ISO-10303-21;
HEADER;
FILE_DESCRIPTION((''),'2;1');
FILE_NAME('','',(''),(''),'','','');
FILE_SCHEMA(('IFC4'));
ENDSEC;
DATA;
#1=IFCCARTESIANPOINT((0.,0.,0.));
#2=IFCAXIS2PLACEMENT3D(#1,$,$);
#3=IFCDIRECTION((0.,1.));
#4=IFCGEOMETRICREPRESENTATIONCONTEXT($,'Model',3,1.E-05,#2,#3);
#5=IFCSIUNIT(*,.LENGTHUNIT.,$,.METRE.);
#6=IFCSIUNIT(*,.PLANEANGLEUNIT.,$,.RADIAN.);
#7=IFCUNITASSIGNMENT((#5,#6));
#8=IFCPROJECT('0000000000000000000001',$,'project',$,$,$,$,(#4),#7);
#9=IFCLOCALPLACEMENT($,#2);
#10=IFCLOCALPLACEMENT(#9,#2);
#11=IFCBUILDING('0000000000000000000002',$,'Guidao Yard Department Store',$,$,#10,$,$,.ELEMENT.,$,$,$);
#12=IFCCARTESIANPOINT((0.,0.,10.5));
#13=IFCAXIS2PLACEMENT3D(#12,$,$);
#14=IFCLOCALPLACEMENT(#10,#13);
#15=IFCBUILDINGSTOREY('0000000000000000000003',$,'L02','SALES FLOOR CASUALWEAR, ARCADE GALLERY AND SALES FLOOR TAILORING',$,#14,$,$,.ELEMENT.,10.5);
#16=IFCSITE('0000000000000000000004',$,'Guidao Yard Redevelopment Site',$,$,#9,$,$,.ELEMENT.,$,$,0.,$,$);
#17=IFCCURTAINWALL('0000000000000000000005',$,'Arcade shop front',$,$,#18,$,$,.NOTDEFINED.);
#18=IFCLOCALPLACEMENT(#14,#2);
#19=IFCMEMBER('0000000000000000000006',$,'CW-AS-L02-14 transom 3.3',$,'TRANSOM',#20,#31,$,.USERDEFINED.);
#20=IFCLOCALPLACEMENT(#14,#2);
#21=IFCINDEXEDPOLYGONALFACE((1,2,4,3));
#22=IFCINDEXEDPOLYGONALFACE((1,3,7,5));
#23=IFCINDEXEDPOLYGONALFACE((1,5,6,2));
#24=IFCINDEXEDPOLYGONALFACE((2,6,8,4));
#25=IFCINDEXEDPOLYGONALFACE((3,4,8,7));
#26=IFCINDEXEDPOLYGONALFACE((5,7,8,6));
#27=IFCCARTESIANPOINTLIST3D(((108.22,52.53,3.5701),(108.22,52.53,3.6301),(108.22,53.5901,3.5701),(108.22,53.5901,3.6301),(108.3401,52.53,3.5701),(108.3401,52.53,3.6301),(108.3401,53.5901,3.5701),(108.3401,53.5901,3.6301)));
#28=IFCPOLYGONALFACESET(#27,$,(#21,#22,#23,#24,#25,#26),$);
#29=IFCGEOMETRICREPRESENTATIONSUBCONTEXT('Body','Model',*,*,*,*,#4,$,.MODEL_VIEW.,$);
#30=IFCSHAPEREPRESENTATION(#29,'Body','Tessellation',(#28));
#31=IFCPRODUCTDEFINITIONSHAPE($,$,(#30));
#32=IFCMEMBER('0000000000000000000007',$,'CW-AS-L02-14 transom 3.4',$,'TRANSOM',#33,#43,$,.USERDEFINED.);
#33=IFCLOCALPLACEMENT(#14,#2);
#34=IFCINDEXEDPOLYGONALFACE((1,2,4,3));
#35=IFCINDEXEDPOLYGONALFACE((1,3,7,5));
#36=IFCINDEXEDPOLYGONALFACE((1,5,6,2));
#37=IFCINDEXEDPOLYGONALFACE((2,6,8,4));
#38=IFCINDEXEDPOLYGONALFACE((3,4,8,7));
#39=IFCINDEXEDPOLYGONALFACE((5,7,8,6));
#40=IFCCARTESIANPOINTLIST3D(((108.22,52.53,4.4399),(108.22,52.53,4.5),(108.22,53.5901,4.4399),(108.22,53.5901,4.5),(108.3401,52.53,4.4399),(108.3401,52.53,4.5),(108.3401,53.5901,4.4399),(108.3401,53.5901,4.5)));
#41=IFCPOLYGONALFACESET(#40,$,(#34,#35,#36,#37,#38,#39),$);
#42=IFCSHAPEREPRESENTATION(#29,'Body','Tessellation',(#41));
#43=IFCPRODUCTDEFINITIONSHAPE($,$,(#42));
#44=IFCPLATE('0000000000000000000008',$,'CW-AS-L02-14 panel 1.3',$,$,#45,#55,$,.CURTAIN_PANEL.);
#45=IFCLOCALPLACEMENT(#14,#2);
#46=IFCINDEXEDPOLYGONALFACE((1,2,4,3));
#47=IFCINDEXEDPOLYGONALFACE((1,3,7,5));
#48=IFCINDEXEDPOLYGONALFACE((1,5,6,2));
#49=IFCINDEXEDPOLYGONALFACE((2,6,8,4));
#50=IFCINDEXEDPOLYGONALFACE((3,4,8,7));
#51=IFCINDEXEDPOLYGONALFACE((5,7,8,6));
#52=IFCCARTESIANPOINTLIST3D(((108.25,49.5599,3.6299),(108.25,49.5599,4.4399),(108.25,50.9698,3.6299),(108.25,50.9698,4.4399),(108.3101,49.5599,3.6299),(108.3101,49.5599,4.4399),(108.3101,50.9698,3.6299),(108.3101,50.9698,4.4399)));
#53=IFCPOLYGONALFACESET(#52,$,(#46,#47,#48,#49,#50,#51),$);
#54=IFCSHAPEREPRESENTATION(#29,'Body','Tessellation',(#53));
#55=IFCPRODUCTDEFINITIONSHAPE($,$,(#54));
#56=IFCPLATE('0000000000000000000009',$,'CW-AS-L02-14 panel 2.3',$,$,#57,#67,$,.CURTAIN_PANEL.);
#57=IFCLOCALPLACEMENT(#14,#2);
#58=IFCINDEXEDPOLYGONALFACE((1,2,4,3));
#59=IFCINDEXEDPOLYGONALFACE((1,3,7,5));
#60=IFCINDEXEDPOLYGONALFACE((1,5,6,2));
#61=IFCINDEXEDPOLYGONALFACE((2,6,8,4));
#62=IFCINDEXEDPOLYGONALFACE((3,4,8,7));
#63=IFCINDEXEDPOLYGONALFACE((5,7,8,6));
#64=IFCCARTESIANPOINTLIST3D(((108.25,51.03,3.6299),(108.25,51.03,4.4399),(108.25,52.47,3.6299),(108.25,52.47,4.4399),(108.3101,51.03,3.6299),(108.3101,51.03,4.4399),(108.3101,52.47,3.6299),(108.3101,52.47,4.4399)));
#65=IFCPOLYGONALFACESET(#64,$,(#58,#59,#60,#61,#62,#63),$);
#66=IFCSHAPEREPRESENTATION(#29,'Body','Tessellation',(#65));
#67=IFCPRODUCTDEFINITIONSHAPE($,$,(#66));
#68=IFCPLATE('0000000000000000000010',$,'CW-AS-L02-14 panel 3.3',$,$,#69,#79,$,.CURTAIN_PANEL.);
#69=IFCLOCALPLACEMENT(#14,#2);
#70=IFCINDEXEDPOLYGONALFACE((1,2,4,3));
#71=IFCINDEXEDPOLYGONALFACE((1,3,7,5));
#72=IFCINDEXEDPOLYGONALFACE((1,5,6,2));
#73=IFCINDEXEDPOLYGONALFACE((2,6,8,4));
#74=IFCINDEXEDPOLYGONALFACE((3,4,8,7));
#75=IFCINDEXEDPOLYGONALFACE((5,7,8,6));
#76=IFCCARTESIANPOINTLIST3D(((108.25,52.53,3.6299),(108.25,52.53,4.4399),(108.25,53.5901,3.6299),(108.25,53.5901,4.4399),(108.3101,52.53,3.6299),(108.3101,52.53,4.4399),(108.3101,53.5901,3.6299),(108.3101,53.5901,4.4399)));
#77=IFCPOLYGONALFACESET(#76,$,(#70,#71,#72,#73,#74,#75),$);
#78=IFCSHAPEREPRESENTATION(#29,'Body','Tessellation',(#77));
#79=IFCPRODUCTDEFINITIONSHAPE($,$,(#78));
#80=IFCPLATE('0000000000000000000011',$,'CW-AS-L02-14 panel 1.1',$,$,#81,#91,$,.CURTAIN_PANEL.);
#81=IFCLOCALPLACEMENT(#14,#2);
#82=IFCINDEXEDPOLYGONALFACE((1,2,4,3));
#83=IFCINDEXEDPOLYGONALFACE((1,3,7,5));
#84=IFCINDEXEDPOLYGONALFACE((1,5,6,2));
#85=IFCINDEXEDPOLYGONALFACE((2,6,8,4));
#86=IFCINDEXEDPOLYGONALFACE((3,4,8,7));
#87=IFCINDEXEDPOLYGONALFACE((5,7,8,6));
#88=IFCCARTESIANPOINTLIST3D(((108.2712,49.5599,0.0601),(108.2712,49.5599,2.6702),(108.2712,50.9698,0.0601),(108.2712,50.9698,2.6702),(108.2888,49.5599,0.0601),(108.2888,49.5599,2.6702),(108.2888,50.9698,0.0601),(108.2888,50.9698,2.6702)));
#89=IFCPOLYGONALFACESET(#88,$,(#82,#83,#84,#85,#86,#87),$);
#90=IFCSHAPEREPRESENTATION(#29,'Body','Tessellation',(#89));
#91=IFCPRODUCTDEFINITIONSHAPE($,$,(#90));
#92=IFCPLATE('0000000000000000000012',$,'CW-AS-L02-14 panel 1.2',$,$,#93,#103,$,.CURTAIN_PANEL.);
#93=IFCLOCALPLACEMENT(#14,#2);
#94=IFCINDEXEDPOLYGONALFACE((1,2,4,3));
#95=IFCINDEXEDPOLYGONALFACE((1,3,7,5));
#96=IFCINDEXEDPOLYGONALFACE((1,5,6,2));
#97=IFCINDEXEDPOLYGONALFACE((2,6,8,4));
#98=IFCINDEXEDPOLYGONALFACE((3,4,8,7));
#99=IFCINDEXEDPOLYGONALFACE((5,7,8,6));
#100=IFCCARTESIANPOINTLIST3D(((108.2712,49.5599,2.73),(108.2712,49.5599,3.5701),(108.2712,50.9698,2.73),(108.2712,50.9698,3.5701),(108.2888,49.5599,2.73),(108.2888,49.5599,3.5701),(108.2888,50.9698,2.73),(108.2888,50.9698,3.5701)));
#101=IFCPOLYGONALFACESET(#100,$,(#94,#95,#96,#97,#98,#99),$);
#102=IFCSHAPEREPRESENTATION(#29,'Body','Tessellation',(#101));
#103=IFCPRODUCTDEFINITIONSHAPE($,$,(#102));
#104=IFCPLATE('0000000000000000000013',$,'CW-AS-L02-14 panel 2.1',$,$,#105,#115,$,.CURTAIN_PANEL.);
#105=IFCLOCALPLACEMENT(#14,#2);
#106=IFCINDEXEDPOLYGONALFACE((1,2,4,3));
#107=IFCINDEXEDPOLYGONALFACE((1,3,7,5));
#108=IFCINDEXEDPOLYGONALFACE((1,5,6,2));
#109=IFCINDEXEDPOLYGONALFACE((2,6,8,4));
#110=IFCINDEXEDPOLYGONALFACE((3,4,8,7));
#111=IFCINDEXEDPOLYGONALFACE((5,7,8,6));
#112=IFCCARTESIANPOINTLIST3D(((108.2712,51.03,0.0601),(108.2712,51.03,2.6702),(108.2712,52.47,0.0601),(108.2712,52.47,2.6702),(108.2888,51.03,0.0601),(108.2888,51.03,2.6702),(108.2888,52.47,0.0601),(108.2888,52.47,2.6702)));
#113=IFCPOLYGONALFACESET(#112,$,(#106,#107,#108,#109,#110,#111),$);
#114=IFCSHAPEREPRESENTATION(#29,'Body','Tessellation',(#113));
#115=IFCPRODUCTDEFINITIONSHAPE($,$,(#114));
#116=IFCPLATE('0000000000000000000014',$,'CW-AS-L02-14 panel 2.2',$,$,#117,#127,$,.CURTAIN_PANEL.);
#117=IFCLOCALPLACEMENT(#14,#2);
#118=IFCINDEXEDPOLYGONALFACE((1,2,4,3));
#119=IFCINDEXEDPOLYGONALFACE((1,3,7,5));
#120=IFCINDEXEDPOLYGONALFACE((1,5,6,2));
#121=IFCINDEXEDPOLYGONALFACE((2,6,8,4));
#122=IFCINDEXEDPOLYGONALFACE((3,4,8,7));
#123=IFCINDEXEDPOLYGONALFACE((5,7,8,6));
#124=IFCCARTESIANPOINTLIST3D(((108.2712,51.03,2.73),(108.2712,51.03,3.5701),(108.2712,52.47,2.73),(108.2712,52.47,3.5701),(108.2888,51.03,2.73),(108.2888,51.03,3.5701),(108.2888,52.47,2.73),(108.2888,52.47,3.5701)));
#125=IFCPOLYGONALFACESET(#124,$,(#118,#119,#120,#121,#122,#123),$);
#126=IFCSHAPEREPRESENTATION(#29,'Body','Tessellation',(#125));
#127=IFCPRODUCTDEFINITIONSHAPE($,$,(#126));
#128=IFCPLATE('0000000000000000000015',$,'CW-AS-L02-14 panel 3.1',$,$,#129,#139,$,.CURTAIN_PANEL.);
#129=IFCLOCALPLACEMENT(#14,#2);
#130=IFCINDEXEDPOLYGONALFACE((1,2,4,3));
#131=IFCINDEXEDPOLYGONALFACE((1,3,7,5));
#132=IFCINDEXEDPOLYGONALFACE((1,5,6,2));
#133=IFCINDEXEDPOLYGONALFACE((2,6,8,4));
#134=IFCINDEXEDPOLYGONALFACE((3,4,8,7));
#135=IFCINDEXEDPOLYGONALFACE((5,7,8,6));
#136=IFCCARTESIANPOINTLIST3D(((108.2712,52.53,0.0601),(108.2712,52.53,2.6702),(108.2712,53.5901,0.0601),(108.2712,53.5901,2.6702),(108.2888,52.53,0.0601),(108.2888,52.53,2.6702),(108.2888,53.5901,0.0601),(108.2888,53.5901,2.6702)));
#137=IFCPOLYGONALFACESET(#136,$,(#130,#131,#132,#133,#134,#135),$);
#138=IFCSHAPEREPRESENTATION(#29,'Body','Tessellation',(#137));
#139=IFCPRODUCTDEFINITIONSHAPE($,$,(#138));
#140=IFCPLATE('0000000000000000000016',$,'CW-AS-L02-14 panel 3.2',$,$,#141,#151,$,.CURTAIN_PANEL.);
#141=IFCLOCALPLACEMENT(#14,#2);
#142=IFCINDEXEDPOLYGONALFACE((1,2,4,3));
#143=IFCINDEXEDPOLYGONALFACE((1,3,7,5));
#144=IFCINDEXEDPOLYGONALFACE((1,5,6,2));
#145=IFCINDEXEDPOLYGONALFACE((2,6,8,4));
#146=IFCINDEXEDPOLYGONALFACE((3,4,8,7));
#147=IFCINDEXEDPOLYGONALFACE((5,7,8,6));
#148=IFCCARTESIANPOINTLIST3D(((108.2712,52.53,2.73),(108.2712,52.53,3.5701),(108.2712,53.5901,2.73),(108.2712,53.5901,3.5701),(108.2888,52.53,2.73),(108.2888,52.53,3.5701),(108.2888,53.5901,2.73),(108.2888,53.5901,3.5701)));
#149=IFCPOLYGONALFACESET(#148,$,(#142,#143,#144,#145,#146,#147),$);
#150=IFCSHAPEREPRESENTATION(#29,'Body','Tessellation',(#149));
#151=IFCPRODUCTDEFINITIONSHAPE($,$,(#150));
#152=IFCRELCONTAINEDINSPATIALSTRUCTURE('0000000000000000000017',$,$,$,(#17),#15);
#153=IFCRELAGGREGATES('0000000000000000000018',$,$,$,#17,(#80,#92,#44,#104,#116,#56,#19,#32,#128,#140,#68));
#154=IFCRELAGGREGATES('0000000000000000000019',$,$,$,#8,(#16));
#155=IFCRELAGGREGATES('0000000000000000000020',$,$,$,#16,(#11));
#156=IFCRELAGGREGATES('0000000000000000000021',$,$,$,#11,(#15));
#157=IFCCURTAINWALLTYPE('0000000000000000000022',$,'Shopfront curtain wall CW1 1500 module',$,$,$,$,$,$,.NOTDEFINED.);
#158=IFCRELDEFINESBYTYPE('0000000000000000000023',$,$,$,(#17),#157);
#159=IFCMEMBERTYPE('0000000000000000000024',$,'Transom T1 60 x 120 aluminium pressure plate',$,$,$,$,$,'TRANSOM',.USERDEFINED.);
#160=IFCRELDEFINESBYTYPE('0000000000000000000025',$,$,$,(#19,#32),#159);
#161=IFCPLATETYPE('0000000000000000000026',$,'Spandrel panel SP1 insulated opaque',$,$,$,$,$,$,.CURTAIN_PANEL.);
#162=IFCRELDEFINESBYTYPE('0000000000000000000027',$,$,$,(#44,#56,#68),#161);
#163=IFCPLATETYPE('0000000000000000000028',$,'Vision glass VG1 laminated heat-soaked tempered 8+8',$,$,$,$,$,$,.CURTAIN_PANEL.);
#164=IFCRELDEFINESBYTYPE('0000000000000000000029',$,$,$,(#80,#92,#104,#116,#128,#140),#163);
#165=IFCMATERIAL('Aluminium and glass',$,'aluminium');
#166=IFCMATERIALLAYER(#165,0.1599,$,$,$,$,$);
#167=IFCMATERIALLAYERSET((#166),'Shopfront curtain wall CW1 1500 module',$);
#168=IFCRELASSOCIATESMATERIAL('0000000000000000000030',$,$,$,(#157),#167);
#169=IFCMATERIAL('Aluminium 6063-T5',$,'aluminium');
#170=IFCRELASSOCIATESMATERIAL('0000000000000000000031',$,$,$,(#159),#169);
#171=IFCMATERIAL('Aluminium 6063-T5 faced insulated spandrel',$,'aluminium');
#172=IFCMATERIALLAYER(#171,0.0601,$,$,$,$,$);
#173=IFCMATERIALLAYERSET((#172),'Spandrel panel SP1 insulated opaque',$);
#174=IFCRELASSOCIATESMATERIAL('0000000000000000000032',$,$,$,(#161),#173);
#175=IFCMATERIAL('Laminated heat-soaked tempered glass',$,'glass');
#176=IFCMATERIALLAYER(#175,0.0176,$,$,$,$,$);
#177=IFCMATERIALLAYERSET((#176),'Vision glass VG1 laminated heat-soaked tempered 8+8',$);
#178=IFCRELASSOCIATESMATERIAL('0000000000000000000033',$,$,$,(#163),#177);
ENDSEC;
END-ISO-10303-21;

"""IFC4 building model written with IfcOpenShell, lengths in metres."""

from ifc_helpers import new_model, si_unit, direction, frame, origin, origin_2d, place, context, subcontext, project, spatial, rectangle, extrude, material, layer, layer_set, material_profile, profile_set, type_object, element, aggregate, save


model = new_model("IFC4")

# Units and contexts
model_context = context("Model", 3, precision=1e-05, world=origin(), true_north=direction((0.0, 1.0)))
body_context = subcontext(model_context, "Body", "Model", "MODEL_VIEW")
ifc_project = project(units=[si_unit("LENGTHUNIT", "METRE"), si_unit("PLANEANGLEUNIT", "RADIAN")], contexts=[model_context])

# Site, building, storey
site_placement = place(None, origin())
site = spatial("IfcSite", under=ifc_project, at=site_placement, Name="Guidao Yard Redevelopment Site", CompositionType="ELEMENT", RefElevation=0.0)
building_placement = place(site_placement, origin())
building = spatial("IfcBuilding", under=site, at=building_placement, Name="Guidao Yard Department Store", CompositionType="ELEMENT")
storey_placement = place(building_placement, frame((0.0, 0.0, 10.5)))
storey = spatial("IfcBuildingStorey", under=building, at=storey_placement, Name="L02", Description="SALES FLOOR CASUALWEAR, ARCADE GALLERY AND SALES FLOOR TAILORING", CompositionType="ELEMENT", Elevation=10.5)

# Curtain wall
ifc_material_1 = material(Name="Aluminium and glass", Category="aluminium")
ifc_layer_1 = layer(ifc_material_1, 0.1599)
ifc_layer_set_1 = layer_set([ifc_layer_1], Name="Shopfront curtain wall CW1 1500 module")
curtain_wall_type = type_object("IfcCurtainWallType", Name="Shopfront curtain wall CW1 1500 module", PredefinedType="NOTDEFINED", material=ifc_layer_set_1)
curtain_wall_1_placement = place(storey_placement, origin())
curtain_wall_1 = element("IfcCurtainWall", 1, at=curtain_wall_1_placement, inside=storey, type_object=curtain_wall_type, Name="Arcade shop front", PredefinedType="NOTDEFINED")

# Members
ifc_material_2 = material(Name="Aluminium 6063-T5", Category="aluminium")
ifc_material_profile_1 = material_profile(ifc_material_2, rectangle(XDim=0.1201, YDim=0.0601, at=origin_2d()), Name="Transom T1 60 x 120 aluminium pressure plate")
ifc_profile_set_1 = profile_set([ifc_material_profile_1], Name="Aluminium 6063-T5")
member_type_1 = type_object("IfcMemberType", Name="Transom T1 60 x 120 aluminium pressure plate", ElementType="TRANSOM", PredefinedType="USERDEFINED", material=ifc_profile_set_1)
member_1_placement = place(storey_placement, frame((108.28, 53.5901, 3.6001), z_axis=(0.0, -1.0, 0.0), x_axis=(1.0, 0.0, 0.0)))
member_1 = element("IfcMember", 2, at=member_1_placement, type_object=member_type_1, Name="CW-AS-L02-14 transom 3.3", ObjectType="TRANSOM", PredefinedType="USERDEFINED", context=body_context, shape_type="SweptSolid", body=[
    extrude(rectangle(XDim=0.1201, YDim=0.0601, at=origin_2d()), origin(), (0.0, 0.0, 1.0), 1.0601),
])
member_2_placement = place(storey_placement, frame((108.28, 53.5901, 4.47), z_axis=(0.0, -1.0, 0.0), x_axis=(1.0, 0.0, 0.0)))
member_2 = element("IfcMember", 3, at=member_2_placement, type_object=member_type_1, Name="CW-AS-L02-14 transom 3.4", ObjectType="TRANSOM", PredefinedType="USERDEFINED", context=body_context, shape_type="SweptSolid", body=[
    extrude(rectangle(XDim=0.1201, YDim=0.0601, at=origin_2d()), origin(), (0.0, 0.0, 1.0), 1.0601),
])

# Plates
ifc_material_3 = material(Name="Aluminium 6063-T5 faced insulated spandrel", Category="aluminium")
ifc_layer_2 = layer(ifc_material_3, 0.0601)
ifc_layer_set_2 = layer_set([ifc_layer_2], Name="Spandrel panel SP1 insulated opaque")
plate_type_1 = type_object("IfcPlateType", Name="Spandrel panel SP1 insulated opaque", PredefinedType="CURTAIN_PANEL", material=ifc_layer_set_2)
plate_1_placement = place(storey_placement, frame((108.28, 50.2649, 3.6299), z_axis=(0.0, 0.0, 1.0), x_axis=(0.0, -1.0, 0.0)))
plate_1 = element("IfcPlate", 4, at=plate_1_placement, type_object=plate_type_1, Name="CW-AS-L02-14 panel 1.3", PredefinedType="CURTAIN_PANEL", context=body_context, shape_type="SweptSolid", body=[
    extrude(rectangle(XDim=1.4099, YDim=0.0601, at=origin_2d()), origin(), (0.0, 0.0, 1.0), 0.8101),
])
plate_2_placement = place(storey_placement, frame((108.28, 51.75, 3.6299), z_axis=(0.0, 0.0, 1.0), x_axis=(0.0, -1.0, 0.0)))
plate_2 = element("IfcPlate", 5, at=plate_2_placement, type_object=plate_type_1, Name="CW-AS-L02-14 panel 2.3", PredefinedType="CURTAIN_PANEL", context=body_context, shape_type="SweptSolid", body=[
    extrude(rectangle(XDim=1.4399, YDim=0.0601, at=origin_2d()), origin(), (0.0, 0.0, 1.0), 0.8101),
])
plate_3_placement = place(storey_placement, frame((108.28, 53.0601, 3.6299), z_axis=(0.0, 0.0, 1.0), x_axis=(0.0, -1.0, 0.0)))
plate_3 = element("IfcPlate", 6, at=plate_3_placement, type_object=plate_type_1, Name="CW-AS-L02-14 panel 3.3", PredefinedType="CURTAIN_PANEL", context=body_context, shape_type="SweptSolid", body=[
    extrude(rectangle(XDim=1.0601, YDim=0.0601, at=origin_2d()), origin(), (0.0, 0.0, 1.0), 0.8101),
])
ifc_material_4 = material(Name="Laminated heat-soaked tempered glass", Category="glass")
ifc_layer_3 = layer(ifc_material_4, 0.0176)
ifc_layer_set_3 = layer_set([ifc_layer_3], Name="Vision glass VG1 laminated heat-soaked tempered 8+8")
plate_type_2 = type_object("IfcPlateType", Name="Vision glass VG1 laminated heat-soaked tempered 8+8", PredefinedType="CURTAIN_PANEL", material=ifc_layer_set_3)
plate_4_placement = place(storey_placement, frame((108.28, 50.2649, 0.0601), z_axis=(0.0, 0.0, 1.0), x_axis=(0.0, -1.0, 0.0)))
plate_4 = element("IfcPlate", 7, at=plate_4_placement, type_object=plate_type_2, Name="CW-AS-L02-14 panel 1.1", PredefinedType="CURTAIN_PANEL", context=body_context, shape_type="SweptSolid", body=[
    extrude(rectangle(XDim=1.4099, YDim=0.0176, at=origin_2d()), origin(), (0.0, 0.0, 1.0), 2.6101),
])
plate_5_placement = place(storey_placement, frame((108.28, 50.2649, 2.73), z_axis=(0.0, 0.0, 1.0), x_axis=(0.0, -1.0, 0.0)))
plate_5 = element("IfcPlate", 8, at=plate_5_placement, type_object=plate_type_2, Name="CW-AS-L02-14 panel 1.2", PredefinedType="CURTAIN_PANEL", context=body_context, shape_type="SweptSolid", body=[
    extrude(rectangle(XDim=1.4099, YDim=0.0176, at=origin_2d()), origin(), (0.0, 0.0, 1.0), 0.8401),
])
plate_6_placement = place(storey_placement, frame((108.28, 51.75, 0.0601), z_axis=(0.0, 0.0, 1.0), x_axis=(0.0, -1.0, 0.0)))
plate_6 = element("IfcPlate", 9, at=plate_6_placement, type_object=plate_type_2, Name="CW-AS-L02-14 panel 2.1", PredefinedType="CURTAIN_PANEL", context=body_context, shape_type="SweptSolid", body=[
    extrude(rectangle(XDim=1.4399, YDim=0.0176, at=origin_2d()), origin(), (0.0, 0.0, 1.0), 2.6101),
])
plate_7_placement = place(storey_placement, frame((108.28, 51.75, 2.73), z_axis=(0.0, 0.0, 1.0), x_axis=(0.0, -1.0, 0.0)))
plate_7 = element("IfcPlate", 10, at=plate_7_placement, type_object=plate_type_2, Name="CW-AS-L02-14 panel 2.2", PredefinedType="CURTAIN_PANEL", context=body_context, shape_type="SweptSolid", body=[
    extrude(rectangle(XDim=1.4399, YDim=0.0176, at=origin_2d()), origin(), (0.0, 0.0, 1.0), 0.8401),
])
plate_8_placement = place(storey_placement, frame((108.28, 53.0601, 0.0601), z_axis=(0.0, 0.0, 1.0), x_axis=(0.0, -1.0, 0.0)))
plate_8 = element("IfcPlate", 11, at=plate_8_placement, type_object=plate_type_2, Name="CW-AS-L02-14 panel 3.1", PredefinedType="CURTAIN_PANEL", context=body_context, shape_type="SweptSolid", body=[
    extrude(rectangle(XDim=1.0601, YDim=0.0176, at=origin_2d()), origin(), (0.0, 0.0, 1.0), 2.6101),
])
plate_9_placement = place(storey_placement, frame((108.28, 53.0601, 2.73), z_axis=(0.0, 0.0, 1.0), x_axis=(0.0, -1.0, 0.0)))
plate_9 = element("IfcPlate", 12, at=plate_9_placement, type_object=plate_type_2, Name="CW-AS-L02-14 panel 3.2", PredefinedType="CURTAIN_PANEL", context=body_context, shape_type="SweptSolid", body=[
    extrude(rectangle(XDim=1.0601, YDim=0.0176, at=origin_2d()), origin(), (0.0, 0.0, 1.0), 0.8401),
])
aggregate(curtain_wall_1, [plate_4, plate_5, plate_1, plate_6, plate_7, plate_2, member_1, member_2, plate_8, plate_9, plate_3])

save(model, "model.ifc")
